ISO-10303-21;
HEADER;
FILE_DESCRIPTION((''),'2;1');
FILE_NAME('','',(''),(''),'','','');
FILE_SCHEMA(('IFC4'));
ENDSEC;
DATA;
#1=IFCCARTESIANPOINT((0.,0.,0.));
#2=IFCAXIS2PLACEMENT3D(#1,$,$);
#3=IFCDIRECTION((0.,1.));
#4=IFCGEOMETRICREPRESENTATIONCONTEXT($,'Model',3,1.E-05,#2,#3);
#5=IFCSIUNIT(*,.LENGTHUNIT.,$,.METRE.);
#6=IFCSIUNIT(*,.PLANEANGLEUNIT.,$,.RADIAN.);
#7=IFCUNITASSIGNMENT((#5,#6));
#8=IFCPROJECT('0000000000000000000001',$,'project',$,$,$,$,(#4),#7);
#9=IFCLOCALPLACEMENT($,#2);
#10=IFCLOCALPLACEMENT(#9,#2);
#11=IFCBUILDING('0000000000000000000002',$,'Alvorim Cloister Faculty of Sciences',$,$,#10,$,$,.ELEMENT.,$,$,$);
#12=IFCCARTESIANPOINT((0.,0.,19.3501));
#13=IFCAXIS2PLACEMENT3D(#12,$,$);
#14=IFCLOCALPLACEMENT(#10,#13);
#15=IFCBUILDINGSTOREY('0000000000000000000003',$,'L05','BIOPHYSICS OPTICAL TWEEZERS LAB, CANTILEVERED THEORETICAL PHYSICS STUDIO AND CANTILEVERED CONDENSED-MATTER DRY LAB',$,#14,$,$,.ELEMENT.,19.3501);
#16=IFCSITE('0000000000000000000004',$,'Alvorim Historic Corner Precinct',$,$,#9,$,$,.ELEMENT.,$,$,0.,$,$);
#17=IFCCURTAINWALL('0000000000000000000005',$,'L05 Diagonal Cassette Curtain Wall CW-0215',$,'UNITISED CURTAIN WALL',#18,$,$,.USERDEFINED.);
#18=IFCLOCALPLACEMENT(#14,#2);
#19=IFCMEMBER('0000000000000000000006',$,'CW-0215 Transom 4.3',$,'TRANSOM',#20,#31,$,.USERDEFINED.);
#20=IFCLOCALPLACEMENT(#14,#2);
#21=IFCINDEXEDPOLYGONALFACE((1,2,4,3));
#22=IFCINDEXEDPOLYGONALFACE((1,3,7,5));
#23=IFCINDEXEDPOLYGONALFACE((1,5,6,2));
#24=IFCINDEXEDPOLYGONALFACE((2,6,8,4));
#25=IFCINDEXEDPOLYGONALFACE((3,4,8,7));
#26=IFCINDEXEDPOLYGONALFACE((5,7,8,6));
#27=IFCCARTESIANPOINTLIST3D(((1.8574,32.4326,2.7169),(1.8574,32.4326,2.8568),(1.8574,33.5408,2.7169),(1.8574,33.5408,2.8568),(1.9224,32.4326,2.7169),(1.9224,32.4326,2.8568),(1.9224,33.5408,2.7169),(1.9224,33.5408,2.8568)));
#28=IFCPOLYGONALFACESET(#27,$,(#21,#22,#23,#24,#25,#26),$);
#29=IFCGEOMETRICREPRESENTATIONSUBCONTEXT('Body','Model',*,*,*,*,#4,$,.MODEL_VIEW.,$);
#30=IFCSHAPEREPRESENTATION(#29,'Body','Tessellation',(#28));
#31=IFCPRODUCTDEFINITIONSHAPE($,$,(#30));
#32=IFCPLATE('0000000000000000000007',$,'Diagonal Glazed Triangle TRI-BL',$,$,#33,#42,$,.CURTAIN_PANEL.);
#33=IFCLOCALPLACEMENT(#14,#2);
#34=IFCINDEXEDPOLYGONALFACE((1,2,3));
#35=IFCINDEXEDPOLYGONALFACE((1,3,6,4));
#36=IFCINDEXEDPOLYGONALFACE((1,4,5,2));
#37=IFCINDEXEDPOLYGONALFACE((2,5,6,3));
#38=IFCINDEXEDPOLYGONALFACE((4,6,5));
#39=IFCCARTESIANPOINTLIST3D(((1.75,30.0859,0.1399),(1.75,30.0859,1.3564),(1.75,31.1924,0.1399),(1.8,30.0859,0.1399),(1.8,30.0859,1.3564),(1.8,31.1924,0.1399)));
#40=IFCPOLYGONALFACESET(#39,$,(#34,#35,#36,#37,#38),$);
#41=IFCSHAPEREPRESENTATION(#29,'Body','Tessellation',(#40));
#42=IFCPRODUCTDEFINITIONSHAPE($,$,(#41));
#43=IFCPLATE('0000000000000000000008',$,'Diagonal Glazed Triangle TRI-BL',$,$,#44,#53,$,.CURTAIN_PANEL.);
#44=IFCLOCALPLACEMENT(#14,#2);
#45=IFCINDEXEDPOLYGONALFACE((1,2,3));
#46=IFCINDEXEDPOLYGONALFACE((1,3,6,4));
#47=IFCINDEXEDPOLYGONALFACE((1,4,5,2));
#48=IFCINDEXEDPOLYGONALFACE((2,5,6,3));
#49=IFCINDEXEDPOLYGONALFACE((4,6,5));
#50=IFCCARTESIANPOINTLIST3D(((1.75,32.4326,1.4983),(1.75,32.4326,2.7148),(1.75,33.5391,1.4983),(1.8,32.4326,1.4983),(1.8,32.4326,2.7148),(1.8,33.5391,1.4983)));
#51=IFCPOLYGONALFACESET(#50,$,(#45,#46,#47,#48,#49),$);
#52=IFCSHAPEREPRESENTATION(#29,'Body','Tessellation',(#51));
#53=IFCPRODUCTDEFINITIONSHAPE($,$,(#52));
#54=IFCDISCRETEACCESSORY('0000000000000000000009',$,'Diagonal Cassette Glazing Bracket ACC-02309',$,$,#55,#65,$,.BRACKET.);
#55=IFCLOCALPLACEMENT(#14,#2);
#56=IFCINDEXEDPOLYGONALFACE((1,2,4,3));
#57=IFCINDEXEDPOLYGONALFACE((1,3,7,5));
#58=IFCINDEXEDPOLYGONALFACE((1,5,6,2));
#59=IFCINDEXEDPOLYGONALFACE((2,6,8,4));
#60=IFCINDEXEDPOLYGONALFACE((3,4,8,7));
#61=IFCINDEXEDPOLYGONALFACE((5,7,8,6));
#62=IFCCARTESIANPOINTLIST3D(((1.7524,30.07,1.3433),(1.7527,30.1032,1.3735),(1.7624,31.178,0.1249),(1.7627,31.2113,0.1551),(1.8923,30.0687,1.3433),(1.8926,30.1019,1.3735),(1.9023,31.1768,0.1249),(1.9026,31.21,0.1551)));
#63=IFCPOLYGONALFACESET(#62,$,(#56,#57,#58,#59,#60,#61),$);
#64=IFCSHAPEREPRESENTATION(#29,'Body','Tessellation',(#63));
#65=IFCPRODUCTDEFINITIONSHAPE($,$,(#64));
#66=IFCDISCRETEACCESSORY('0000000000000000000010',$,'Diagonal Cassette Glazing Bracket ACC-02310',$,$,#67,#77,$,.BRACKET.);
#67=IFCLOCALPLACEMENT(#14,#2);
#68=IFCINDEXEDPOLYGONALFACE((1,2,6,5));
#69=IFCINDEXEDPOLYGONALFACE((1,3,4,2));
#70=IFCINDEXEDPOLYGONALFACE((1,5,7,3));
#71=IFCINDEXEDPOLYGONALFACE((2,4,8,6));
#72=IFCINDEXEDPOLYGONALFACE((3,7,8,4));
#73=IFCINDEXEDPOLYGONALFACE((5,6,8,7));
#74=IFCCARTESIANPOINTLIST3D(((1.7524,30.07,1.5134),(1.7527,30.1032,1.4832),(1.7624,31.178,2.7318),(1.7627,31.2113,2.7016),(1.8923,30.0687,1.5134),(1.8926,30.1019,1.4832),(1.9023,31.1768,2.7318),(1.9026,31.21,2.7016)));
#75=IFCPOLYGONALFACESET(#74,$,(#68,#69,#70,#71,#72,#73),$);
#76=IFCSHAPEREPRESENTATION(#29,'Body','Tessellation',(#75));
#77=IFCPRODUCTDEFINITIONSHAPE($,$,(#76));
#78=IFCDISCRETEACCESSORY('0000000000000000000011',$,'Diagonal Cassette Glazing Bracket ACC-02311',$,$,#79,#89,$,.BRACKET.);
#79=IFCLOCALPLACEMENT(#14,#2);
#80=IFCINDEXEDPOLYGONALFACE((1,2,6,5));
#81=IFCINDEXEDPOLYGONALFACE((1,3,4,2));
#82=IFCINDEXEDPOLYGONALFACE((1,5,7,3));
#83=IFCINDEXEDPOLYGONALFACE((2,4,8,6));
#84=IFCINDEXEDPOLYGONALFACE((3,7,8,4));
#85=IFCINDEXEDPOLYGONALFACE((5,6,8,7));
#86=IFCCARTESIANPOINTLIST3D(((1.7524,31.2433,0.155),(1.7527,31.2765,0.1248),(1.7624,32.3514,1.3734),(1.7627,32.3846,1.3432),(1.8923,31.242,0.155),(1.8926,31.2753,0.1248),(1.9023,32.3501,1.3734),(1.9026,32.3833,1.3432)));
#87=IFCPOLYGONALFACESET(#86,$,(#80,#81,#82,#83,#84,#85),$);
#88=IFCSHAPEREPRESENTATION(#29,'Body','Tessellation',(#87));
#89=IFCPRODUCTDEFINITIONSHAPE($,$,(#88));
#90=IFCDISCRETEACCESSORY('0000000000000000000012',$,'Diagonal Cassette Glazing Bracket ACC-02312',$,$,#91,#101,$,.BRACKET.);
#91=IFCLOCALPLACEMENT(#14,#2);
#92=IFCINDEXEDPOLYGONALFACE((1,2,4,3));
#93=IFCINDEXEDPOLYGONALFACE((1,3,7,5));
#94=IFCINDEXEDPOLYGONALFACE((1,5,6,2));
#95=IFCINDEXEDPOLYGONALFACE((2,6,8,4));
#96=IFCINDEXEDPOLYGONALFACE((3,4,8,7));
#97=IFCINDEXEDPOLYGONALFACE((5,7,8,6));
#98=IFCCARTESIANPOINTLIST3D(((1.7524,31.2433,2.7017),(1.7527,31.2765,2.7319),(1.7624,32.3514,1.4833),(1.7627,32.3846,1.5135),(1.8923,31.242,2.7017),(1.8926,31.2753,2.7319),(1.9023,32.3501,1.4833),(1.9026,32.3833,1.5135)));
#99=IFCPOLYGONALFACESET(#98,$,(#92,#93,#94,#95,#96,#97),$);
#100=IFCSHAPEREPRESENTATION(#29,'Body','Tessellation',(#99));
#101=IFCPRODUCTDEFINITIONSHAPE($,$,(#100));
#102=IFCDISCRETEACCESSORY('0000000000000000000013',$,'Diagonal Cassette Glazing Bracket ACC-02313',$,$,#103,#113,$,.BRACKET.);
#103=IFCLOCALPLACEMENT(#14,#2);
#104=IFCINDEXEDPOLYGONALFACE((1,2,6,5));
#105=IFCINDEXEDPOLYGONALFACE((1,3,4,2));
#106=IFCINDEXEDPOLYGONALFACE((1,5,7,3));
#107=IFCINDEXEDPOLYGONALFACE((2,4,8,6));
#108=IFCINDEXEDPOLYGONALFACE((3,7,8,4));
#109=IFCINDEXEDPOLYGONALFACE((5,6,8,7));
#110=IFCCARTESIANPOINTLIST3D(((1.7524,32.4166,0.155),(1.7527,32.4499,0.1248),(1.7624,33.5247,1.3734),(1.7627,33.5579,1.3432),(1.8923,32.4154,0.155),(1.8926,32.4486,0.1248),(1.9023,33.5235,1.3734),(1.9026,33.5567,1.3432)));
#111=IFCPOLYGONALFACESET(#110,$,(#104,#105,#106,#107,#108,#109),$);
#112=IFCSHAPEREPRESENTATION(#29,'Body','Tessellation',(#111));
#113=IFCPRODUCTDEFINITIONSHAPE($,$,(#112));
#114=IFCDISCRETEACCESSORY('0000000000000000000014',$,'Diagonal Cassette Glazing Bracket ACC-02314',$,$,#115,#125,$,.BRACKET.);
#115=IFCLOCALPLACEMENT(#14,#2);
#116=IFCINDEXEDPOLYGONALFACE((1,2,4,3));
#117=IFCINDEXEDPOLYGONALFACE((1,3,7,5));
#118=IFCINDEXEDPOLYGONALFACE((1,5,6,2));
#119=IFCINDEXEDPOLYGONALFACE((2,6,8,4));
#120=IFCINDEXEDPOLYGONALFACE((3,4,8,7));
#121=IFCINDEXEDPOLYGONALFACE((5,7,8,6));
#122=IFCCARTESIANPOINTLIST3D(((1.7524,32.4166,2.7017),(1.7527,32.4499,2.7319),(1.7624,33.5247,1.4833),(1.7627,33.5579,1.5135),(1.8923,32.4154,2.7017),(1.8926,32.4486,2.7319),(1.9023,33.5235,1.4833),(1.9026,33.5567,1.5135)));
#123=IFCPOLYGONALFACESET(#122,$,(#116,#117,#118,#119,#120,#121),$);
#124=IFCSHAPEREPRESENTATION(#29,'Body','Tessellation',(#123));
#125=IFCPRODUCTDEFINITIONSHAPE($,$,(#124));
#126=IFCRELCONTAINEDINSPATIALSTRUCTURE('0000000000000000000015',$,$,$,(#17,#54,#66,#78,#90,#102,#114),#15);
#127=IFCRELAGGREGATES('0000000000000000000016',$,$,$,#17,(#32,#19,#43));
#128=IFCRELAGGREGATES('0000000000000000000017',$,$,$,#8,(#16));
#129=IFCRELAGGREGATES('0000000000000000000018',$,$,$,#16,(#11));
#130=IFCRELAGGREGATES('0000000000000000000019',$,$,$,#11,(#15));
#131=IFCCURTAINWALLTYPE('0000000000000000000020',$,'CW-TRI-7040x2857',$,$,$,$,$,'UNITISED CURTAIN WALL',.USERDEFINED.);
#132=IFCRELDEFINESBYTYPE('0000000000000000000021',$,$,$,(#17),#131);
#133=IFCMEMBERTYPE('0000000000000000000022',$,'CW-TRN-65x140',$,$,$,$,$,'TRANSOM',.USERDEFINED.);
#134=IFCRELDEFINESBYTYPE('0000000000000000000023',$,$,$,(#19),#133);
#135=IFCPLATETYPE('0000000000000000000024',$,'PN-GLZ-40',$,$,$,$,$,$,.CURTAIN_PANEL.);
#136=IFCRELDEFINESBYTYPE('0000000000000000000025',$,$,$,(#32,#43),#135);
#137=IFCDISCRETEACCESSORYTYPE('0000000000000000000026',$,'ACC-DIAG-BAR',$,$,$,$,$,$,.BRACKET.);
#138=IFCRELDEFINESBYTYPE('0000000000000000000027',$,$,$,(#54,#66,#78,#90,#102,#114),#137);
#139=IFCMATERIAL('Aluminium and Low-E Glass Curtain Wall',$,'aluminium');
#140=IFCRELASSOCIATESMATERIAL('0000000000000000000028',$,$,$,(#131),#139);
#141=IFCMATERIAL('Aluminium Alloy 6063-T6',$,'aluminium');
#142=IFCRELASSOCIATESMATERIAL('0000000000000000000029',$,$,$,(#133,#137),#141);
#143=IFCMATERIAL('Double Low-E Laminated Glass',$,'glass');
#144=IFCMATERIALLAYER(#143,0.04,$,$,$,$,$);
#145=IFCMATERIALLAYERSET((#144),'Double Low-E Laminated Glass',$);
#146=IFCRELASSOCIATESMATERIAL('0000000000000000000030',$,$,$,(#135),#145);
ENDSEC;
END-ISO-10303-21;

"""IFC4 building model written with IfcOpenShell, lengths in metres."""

from ifc_helpers import new_model, si_unit, direction, frame, origin, origin_2d, place, context, subcontext, project, spatial, polyline, rectangle, outline, extrude, material, layer, layer_set, material_profile, profile_set, type_object, element, aggregate, save


model = new_model("IFC4")

# Units and contexts
model_context = context("Model", 3, precision=1e-05, world=origin(), true_north=direction((0.0, 1.0)))
body_context = subcontext(model_context, "Body", "Model", "MODEL_VIEW")
ifc_project = project(units=[si_unit("LENGTHUNIT", "METRE"), si_unit("PLANEANGLEUNIT", "RADIAN")], contexts=[model_context])

# Site, building, storey
site_placement = place(None, origin())
site = spatial("IfcSite", under=ifc_project, at=site_placement, Name="Alvorim Historic Corner Precinct", CompositionType="ELEMENT", RefElevation=0.0)
building_placement = place(site_placement, origin())
building = spatial("IfcBuilding", under=site, at=building_placement, Name="Alvorim Cloister Faculty of Sciences", CompositionType="ELEMENT")
storey_placement = place(building_placement, frame((0.0, 0.0, 19.3501)))
storey = spatial("IfcBuildingStorey", under=building, at=storey_placement, Name="L05", Description="BIOPHYSICS OPTICAL TWEEZERS LAB, CANTILEVERED THEORETICAL PHYSICS STUDIO AND CANTILEVERED CONDENSED-MATTER DRY LAB", CompositionType="ELEMENT", Elevation=19.3501)

# Curtain wall, member, plates
ifc_material_1 = material(Name="Aluminium and Low-E Glass Curtain Wall", Category="aluminium")
curtain_wall_type = type_object("IfcCurtainWallType", Name="CW-TRI-7040x2857", ElementType="UNITISED CURTAIN WALL", PredefinedType="USERDEFINED", material=ifc_material_1)
curtain_wall_placement = place(storey_placement, origin())
curtain_wall = element("IfcCurtainWall", 1, at=curtain_wall_placement, inside=storey, type_object=curtain_wall_type, Name="L05 Diagonal Cassette Curtain Wall CW-0215", ObjectType="UNITISED CURTAIN WALL", PredefinedType="USERDEFINED")
ifc_material_2 = material(Name="Aluminium Alloy 6063-T6", Category="aluminium")
ifc_material_profile_1 = material_profile(ifc_material_2, rectangle(XDim=0.0649, YDim=0.1399, at=origin_2d()), Name="ALU-TRN-65x140")
ifc_profile_set_1 = profile_set([ifc_material_profile_1], Name="Aluminium Alloy 6063-T6")
member_type_1 = type_object("IfcMemberType", Name="CW-TRN-65x140", ElementType="TRANSOM", PredefinedType="USERDEFINED", material=ifc_profile_set_1)
member_1_placement = place(storey_placement, frame((1.8899, 32.4326, 2.7869), z_axis=(0.0, 1.0, 0.0), x_axis=(-1.0, 0.0, 0.0)))
member_1 = element("IfcMember", 2, at=member_1_placement, type_object=member_type_1, Name="CW-0215 Transom 4.3", ObjectType="TRANSOM", PredefinedType="USERDEFINED", context=body_context, shape_type="SweptSolid", body=[
    extrude(rectangle(XDim=0.0649, YDim=0.1399, at=origin_2d()), origin(), (0.0, 0.0, 1.0), 1.1082),
])
ifc_material_3 = material(Name="Double Low-E Laminated Glass", Category="glass")
ifc_layer = layer(ifc_material_3, 0.04)
ifc_layer_set = layer_set([ifc_layer], Name="Double Low-E Laminated Glass")
plate_type = type_object("IfcPlateType", Name="PN-GLZ-40", PredefinedType="CURTAIN_PANEL", material=ifc_layer_set)
plate_1_placement = place(storey_placement, frame((1.7749, 30.0859, 0.1399), z_axis=(0.0, 0.0, 1.0), x_axis=(0.0, 1.0, 0.0)))
plate_1 = element("IfcPlate", 3, at=plate_1_placement, type_object=plate_type, Name="Diagonal Glazed Triangle TRI-BL", PredefinedType="CURTAIN_PANEL", context=body_context, shape_type="SweptSolid", body=[
    extrude(outline(polyline([(0.0, 0.0), (1.1064, 0.0), (0.0, 1.2166), (0.0, 0.0)])), frame((0.0, 0.0249, 0.0), z_axis=(0.0, -1.0, 0.0), x_axis=(1.0, 0.0, 0.0)), (0.0, 0.0, 1.0), 0.05),
])
plate_2_placement = place(storey_placement, frame((1.7749, 32.4326, 1.4983), z_axis=(0.0, 0.0, 1.0), x_axis=(0.0, 1.0, 0.0)))
plate_2 = element("IfcPlate", 4, at=plate_2_placement, type_object=plate_type, Name="Diagonal Glazed Triangle TRI-BL", PredefinedType="CURTAIN_PANEL", context=body_context, shape_type="SweptSolid", body=[
    extrude(outline(polyline([(0.0, 0.0), (1.1064, 0.0), (0.0, 1.2166), (0.0, 0.0)])), frame((0.0, 0.0249, 0.0), z_axis=(0.0, -1.0, 0.0), x_axis=(1.0, 0.0, 0.0)), (0.0, 0.0, 1.0), 0.05),
])
aggregate(curtain_wall, [plate_1, member_1, plate_2])

# Discrete accessories
discrete_accessory_type = type_object("IfcDiscreteAccessoryType", Name="ACC-DIAG-BAR", PredefinedType="BRACKET", material=ifc_material_2)
for number, where, z_axis, x_axis, name in (
    (5, (1.8225, 30.0859, 1.3584), (0.006077, 0.672801, -0.739799), (-0.999959, 0.009032, 0.0), "Diagonal Cassette Glazing Bracket ACC-02309"),
    (6, (1.8225, 30.0859, 1.4983), (0.006077, 0.672801, 0.739799), (-0.999959, 0.009032, 0.0), "Diagonal Cassette Glazing Bracket ACC-02310"),
    (7, (1.8225, 31.2593, 0.1399), (0.006077, 0.672801, 0.739799), (-0.999959, 0.009032, 0.0), "Diagonal Cassette Glazing Bracket ACC-02311"),
    (8, (1.8225, 31.2593, 2.7168), (0.006077, 0.672801, -0.739799), (-0.999959, 0.009032, 0.0), "Diagonal Cassette Glazing Bracket ACC-02312"),
    (9, (1.8225, 32.4326, 0.1399), (0.006077, 0.672801, 0.739799), (-0.999959, 0.009032, 0.0), "Diagonal Cassette Glazing Bracket ACC-02313"),
    (10, (1.8225, 32.4326, 2.7168), (0.006077, 0.672801, -0.739799), (-0.999959, 0.009032, 0.0), "Diagonal Cassette Glazing Bracket ACC-02314"),
):
    element("IfcDiscreteAccessory", number, at=place(storey_placement, frame(where, z_axis=z_axis, x_axis=x_axis)), inside=storey, type_object=discrete_accessory_type, Name=name, PredefinedType="BRACKET", context=body_context, shape_type="SweptSolid", body=[
        extrude(rectangle(XDim=0.1399, YDim=0.0449, at=origin_2d()), origin(), (0.0, 0.0, 1.0), 1.647),
    ])

save(model, "model.ifc")
